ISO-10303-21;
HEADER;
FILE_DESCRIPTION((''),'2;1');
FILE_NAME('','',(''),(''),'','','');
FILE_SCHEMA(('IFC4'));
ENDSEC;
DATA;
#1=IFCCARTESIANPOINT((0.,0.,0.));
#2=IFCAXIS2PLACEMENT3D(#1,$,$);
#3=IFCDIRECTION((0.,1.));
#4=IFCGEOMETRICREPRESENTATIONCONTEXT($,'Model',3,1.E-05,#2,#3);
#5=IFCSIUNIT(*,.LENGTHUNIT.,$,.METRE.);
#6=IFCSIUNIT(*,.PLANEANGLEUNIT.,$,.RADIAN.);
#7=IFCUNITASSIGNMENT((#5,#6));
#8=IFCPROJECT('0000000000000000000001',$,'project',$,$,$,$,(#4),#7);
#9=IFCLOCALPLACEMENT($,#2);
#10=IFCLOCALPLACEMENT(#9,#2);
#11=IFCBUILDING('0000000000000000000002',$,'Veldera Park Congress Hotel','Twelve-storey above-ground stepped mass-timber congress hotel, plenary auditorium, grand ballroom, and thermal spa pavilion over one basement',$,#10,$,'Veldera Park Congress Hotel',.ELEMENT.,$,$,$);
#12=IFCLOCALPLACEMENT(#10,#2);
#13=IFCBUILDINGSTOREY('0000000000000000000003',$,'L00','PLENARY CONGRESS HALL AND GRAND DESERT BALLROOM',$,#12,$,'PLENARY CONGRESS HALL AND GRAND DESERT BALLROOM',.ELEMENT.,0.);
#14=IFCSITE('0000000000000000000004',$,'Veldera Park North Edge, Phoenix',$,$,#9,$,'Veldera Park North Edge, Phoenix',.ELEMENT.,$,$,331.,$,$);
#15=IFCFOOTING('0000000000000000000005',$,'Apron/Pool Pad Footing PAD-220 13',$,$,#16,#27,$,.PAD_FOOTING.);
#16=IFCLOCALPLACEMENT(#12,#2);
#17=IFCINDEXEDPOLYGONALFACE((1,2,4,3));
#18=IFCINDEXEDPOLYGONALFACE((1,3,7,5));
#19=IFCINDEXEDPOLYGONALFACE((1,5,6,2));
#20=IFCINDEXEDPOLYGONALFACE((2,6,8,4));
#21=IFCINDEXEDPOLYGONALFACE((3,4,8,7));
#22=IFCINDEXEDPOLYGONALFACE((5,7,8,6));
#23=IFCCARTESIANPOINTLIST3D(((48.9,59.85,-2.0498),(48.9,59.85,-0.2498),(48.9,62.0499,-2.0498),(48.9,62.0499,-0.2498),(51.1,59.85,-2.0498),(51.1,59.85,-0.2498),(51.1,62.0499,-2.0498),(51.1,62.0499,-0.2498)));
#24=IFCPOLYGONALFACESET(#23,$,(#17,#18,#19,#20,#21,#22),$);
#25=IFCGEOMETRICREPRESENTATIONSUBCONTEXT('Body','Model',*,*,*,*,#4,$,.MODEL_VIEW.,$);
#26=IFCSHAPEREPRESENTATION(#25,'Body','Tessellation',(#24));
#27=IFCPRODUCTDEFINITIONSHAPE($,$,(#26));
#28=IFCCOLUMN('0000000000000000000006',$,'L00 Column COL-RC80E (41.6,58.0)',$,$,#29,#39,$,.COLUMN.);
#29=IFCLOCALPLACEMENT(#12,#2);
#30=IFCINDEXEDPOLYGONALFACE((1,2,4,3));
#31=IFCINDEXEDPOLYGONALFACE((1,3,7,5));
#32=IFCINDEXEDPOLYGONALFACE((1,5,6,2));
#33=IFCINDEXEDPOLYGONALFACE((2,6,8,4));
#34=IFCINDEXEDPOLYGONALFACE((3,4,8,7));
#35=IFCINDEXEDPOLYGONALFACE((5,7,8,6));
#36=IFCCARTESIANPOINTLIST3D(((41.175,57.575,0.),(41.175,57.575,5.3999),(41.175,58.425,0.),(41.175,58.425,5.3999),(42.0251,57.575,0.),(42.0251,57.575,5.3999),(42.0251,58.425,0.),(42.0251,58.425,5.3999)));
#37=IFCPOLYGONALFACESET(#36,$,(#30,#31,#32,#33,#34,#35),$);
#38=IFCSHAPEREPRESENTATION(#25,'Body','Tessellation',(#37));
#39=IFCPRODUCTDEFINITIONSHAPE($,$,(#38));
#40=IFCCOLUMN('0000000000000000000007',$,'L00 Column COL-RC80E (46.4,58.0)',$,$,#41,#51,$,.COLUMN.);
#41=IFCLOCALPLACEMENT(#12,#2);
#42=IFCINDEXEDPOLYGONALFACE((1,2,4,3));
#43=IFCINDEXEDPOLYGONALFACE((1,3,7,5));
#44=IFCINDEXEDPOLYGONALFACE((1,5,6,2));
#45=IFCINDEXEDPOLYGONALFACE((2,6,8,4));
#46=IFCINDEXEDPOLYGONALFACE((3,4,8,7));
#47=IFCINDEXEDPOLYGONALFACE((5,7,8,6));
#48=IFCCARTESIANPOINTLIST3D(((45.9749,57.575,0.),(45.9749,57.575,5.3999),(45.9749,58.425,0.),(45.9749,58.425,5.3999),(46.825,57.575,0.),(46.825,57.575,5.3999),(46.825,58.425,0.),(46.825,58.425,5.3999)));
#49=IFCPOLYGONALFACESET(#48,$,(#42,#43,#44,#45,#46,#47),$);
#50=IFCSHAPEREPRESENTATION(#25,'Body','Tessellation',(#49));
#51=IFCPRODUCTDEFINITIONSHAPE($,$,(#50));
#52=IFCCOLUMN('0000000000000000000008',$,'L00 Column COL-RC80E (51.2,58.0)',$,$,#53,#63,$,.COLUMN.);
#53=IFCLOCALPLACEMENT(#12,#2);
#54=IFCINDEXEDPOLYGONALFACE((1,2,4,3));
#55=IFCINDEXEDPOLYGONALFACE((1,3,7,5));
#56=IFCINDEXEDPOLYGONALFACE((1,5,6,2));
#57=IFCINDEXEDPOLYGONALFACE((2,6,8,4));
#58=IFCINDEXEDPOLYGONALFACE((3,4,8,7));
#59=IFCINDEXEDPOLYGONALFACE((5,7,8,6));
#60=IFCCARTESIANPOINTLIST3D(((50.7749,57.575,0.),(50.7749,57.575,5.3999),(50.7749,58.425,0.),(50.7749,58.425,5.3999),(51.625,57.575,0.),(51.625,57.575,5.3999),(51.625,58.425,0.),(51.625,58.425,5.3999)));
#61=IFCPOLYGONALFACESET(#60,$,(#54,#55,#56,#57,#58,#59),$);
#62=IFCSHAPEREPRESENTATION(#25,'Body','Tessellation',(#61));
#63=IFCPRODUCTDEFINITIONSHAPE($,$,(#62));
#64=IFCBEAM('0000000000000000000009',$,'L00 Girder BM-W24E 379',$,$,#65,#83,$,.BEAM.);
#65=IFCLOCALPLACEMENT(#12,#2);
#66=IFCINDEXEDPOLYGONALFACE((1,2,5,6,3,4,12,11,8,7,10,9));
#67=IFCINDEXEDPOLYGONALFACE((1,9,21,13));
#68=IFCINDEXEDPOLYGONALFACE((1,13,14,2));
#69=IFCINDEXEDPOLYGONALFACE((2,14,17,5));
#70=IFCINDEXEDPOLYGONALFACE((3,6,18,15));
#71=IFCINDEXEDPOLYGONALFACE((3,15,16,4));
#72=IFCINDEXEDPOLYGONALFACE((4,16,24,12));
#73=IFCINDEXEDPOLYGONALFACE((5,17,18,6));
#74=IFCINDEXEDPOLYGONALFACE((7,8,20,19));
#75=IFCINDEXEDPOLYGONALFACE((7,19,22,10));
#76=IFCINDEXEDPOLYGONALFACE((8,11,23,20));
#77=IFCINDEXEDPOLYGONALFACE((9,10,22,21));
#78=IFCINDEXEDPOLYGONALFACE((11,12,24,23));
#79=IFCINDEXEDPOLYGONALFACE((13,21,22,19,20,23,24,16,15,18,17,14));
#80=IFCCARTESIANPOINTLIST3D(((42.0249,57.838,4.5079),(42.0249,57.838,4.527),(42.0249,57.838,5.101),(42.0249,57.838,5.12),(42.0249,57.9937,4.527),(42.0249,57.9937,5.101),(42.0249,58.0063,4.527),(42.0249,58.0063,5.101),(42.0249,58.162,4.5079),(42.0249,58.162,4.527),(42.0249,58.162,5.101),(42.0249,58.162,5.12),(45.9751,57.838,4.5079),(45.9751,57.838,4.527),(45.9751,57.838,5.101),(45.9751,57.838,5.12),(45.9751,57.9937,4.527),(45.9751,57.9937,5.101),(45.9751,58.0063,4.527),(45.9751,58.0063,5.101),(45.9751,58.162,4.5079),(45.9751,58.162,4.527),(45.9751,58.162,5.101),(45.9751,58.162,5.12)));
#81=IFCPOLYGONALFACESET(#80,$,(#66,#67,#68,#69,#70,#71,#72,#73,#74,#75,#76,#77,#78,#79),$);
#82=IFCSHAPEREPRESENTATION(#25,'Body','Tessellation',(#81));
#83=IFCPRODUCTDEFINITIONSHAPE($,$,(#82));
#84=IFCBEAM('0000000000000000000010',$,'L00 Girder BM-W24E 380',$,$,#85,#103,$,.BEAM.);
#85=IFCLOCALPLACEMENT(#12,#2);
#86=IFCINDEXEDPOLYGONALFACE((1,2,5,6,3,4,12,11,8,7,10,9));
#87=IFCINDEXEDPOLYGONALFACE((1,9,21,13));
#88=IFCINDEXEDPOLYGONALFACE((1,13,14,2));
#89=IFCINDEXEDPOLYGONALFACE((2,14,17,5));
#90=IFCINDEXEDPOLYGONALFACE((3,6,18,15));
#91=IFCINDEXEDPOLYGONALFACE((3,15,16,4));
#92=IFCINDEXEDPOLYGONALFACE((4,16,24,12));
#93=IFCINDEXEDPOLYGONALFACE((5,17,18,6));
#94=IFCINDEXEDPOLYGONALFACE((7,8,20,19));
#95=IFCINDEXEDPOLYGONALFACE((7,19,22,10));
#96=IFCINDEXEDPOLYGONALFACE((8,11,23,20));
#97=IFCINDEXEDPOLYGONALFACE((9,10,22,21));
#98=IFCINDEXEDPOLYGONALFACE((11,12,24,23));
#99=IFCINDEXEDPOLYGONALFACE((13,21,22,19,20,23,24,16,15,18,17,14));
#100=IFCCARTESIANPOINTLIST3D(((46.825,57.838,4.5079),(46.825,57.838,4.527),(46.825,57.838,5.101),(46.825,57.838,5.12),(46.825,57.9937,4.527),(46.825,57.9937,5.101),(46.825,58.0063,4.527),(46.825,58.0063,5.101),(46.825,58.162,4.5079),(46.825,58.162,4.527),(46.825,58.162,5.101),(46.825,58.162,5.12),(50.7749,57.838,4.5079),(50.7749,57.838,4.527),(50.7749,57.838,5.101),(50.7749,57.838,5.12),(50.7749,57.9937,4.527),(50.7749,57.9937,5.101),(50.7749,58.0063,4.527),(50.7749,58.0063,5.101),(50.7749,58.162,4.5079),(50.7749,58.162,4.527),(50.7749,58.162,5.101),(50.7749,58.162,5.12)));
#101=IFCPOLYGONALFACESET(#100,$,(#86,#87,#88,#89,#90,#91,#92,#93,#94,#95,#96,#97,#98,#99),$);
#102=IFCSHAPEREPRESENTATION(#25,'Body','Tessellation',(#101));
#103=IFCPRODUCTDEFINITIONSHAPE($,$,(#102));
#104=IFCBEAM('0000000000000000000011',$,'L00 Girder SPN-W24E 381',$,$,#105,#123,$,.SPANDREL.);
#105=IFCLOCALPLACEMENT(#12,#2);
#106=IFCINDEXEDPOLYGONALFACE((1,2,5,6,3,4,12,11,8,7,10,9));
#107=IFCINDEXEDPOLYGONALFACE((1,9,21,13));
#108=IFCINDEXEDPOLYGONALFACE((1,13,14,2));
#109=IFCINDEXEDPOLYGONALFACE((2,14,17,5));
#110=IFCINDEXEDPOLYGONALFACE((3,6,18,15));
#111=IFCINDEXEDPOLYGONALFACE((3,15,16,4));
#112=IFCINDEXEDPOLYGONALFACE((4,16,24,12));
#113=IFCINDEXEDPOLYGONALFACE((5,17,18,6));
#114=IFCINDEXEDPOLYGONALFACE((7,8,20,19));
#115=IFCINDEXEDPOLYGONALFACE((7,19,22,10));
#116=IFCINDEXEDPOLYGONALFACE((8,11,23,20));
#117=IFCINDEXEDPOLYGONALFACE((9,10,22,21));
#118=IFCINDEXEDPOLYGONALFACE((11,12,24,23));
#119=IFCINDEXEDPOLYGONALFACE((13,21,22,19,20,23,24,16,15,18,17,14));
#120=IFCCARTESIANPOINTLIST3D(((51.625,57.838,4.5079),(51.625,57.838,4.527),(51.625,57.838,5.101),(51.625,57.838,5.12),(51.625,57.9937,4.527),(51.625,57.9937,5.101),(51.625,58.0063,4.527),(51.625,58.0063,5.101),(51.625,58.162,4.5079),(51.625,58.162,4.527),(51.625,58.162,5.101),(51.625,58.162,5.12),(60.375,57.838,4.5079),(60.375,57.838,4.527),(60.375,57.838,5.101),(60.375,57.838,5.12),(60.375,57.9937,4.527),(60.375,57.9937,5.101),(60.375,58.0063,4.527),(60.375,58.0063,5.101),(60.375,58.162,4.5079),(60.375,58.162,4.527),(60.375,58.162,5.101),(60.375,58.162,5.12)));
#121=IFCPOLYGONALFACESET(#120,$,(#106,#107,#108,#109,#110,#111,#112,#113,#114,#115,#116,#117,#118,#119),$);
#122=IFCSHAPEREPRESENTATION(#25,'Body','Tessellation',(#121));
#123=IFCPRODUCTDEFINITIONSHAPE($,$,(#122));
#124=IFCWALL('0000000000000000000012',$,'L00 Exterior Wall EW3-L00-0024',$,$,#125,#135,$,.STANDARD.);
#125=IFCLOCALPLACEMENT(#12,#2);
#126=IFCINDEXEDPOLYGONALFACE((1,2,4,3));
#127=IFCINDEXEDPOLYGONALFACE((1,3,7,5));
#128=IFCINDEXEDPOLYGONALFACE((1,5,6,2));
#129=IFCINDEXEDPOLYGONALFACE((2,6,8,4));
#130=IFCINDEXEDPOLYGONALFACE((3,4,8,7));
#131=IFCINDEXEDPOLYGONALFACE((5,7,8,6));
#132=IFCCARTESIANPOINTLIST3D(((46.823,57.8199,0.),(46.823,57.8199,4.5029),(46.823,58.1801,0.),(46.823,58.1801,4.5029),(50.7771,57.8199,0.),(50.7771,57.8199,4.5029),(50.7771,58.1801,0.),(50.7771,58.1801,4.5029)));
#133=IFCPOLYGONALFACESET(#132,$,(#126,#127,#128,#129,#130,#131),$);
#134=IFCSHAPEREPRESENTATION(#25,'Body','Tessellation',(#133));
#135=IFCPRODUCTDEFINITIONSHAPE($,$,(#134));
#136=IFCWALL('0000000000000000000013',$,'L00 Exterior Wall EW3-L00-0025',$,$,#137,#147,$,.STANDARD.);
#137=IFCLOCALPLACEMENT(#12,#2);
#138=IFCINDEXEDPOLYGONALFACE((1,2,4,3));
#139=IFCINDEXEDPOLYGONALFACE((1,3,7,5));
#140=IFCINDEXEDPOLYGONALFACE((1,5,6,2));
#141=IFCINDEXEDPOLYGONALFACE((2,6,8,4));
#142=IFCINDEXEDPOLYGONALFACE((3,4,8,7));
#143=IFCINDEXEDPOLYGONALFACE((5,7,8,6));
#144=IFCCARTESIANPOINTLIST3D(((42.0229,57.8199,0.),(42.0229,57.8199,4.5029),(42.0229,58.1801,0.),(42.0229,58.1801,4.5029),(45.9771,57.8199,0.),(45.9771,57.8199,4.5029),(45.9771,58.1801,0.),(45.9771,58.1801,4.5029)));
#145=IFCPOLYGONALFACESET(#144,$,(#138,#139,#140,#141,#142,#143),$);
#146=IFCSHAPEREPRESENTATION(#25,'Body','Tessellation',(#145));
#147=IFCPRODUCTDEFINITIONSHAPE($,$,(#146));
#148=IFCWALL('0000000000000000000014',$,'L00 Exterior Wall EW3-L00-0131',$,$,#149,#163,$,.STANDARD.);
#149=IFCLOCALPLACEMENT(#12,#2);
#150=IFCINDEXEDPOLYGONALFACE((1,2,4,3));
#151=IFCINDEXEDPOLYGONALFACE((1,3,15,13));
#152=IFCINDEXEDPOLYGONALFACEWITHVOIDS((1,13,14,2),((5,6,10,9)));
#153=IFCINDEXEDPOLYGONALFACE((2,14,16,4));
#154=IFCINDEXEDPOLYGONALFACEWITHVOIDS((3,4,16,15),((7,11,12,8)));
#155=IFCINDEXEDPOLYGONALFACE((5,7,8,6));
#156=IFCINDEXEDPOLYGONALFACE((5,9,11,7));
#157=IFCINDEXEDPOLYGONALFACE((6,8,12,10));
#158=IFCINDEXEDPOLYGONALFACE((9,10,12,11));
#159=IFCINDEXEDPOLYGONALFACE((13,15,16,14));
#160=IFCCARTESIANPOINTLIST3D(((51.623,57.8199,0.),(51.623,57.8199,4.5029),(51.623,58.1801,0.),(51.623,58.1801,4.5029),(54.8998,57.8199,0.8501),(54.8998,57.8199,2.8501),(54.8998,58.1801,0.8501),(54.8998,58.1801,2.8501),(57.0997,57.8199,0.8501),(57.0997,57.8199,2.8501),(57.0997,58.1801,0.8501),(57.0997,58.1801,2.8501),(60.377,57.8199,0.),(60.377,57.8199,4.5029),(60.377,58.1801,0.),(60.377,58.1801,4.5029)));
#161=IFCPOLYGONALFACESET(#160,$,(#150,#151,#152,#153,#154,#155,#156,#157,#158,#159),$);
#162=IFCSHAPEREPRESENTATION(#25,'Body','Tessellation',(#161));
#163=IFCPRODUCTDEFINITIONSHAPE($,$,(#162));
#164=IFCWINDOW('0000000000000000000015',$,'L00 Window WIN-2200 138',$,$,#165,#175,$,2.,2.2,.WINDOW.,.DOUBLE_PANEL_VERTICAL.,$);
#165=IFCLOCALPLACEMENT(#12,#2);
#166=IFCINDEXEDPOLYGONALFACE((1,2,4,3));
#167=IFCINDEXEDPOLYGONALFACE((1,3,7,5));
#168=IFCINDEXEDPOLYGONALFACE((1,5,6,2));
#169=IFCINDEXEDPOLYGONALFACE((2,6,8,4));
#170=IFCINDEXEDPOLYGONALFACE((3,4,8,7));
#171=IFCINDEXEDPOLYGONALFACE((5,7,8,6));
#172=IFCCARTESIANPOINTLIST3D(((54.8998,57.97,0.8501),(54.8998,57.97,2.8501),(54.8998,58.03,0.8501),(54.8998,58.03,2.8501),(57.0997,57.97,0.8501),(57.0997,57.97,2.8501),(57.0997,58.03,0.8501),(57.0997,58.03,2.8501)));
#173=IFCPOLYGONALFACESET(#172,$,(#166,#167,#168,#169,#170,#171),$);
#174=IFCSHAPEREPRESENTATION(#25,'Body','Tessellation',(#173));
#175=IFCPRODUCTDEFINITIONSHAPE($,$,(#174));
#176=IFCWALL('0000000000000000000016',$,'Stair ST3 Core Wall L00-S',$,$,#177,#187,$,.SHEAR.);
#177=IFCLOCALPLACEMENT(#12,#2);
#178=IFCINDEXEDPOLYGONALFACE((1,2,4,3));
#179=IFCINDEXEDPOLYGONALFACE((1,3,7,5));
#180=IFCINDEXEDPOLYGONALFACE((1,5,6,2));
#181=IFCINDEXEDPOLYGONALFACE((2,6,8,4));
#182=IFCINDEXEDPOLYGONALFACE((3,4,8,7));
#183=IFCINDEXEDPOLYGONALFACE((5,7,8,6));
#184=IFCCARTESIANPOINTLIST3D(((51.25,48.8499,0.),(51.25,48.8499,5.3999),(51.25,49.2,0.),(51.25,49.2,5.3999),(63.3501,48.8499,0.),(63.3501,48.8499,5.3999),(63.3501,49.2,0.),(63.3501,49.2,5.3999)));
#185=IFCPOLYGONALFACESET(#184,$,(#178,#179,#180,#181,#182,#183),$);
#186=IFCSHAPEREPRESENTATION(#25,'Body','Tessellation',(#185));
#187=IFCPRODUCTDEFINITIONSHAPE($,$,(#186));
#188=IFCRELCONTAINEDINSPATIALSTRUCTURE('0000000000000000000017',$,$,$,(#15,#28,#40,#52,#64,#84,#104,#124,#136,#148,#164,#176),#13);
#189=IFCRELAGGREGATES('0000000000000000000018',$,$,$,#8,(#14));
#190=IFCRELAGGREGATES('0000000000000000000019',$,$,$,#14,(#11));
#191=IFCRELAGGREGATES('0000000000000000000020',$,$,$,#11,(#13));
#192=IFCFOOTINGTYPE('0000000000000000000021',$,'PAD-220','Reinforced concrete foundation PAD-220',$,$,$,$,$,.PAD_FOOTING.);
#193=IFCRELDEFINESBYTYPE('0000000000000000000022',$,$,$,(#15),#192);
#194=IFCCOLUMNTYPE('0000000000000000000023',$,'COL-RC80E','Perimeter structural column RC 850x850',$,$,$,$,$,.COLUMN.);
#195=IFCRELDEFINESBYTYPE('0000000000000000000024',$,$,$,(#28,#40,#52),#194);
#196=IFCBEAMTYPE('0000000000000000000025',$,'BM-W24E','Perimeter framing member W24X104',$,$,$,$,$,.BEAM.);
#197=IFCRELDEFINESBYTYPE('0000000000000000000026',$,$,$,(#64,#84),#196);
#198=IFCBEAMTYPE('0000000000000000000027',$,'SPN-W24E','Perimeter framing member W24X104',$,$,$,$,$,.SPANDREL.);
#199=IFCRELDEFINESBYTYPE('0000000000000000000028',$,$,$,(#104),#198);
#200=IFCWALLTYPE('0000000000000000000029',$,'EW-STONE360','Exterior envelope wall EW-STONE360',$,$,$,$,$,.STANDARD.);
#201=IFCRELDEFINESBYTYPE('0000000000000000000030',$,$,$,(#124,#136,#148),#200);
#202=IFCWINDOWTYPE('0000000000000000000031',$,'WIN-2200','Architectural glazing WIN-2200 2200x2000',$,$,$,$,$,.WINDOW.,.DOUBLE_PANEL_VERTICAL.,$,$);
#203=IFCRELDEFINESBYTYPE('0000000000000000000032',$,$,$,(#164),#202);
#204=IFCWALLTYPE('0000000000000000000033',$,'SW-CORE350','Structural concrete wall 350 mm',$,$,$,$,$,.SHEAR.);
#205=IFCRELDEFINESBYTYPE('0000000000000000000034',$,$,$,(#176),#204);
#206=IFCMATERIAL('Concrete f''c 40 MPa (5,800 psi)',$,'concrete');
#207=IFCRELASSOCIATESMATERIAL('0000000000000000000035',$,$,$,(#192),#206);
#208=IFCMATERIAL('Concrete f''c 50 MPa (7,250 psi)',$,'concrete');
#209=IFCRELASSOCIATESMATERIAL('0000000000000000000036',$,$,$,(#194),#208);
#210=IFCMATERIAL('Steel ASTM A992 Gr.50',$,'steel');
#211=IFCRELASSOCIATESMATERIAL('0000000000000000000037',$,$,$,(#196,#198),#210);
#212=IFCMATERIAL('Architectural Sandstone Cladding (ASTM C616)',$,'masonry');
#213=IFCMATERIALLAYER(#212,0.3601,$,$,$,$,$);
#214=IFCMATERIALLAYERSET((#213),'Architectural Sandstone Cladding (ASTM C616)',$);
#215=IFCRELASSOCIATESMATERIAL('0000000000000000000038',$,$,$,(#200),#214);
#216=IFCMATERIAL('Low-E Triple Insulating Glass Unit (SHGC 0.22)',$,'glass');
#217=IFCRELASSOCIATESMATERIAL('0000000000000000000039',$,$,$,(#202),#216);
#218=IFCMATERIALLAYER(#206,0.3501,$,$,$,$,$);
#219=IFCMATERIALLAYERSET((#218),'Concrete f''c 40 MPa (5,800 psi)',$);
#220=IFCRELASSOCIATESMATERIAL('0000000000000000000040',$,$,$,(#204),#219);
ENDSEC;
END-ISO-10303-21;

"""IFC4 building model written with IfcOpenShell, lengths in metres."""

from ifc_helpers import new_model, si_unit, direction, frame, frame_2d, origin, origin_2d, place, context, subcontext, project, spatial, rectangle, i_section, extrude, material, layer, layer_set, material_profile, profile_set, type_object, element, fill, save


model = new_model("IFC4")

# Units and contexts
model_context = context("Model", 3, precision=1e-05, world=origin(), true_north=direction((0.0, 1.0)))
body_context = subcontext(model_context, "Body", "Model", "MODEL_VIEW")
ifc_project = project(units=[si_unit("LENGTHUNIT", "METRE"), si_unit("PLANEANGLEUNIT", "RADIAN")], contexts=[model_context])

# Site, building, storey
site_placement = place(None, origin())
site = spatial("IfcSite", under=ifc_project, at=site_placement, Name="Veldera Park North Edge, Phoenix", LongName="Veldera Park North Edge, Phoenix", CompositionType="ELEMENT", RefElevation=331.0)
building_placement = place(site_placement, origin())
building = spatial("IfcBuilding", under=site, at=building_placement, Name="Veldera Park Congress Hotel", Description="Twelve-storey above-ground stepped mass-timber congress hotel, plenary auditorium, grand ballroom, and thermal spa pavilion over one basement", LongName="Veldera Park Congress Hotel", CompositionType="ELEMENT")
storey_placement = place(building_placement, origin())
storey = spatial("IfcBuildingStorey", under=building, at=storey_placement, Name="L00", Description="PLENARY CONGRESS HALL AND GRAND DESERT BALLROOM", LongName="PLENARY CONGRESS HALL AND GRAND DESERT BALLROOM", CompositionType="ELEMENT", Elevation=0.0)

# Footing
ifc_material_1 = material(Name="Concrete f'c 40 MPa (5,800 psi)", Category="concrete")
footing_type = type_object("IfcFootingType", Name="PAD-220", Description="Reinforced concrete foundation PAD-220", PredefinedType="PAD_FOOTING", material=ifc_material_1)
footing_placement = place(storey_placement, frame((50.0, 60.95, -2.0498), z_axis=(0.0, 0.0, 1.0), x_axis=(1.0, 0.0, 0.0)))
element("IfcFooting", 1, at=footing_placement, inside=storey, type_object=footing_type, Name="Apron/Pool Pad Footing PAD-220 13", PredefinedType="PAD_FOOTING", context=body_context, shape_type="SweptSolid", body=[
    extrude(rectangle(XDim=2.2, YDim=2.2, at=origin_2d()), origin(), (0.0, 0.0, 1.0), 1.8),
])

# Columns
ifc_material_2 = material(Name="Concrete f'c 50 MPa (7,250 psi)", Category="concrete")
ifc_material_profile_1 = material_profile(ifc_material_2, rectangle(XDim=0.8501, YDim=0.8501, at=origin_2d()), Name="RC 850x850")
ifc_profile_set_1 = profile_set([ifc_material_profile_1], Name="Concrete f'c 50 MPa (7,250 psi)")
column_type = type_object("IfcColumnType", Name="COL-RC80E", Description="Perimeter structural column RC 850x850", PredefinedType="COLUMN", material=ifc_profile_set_1)
for number, where, z_axis, x_axis, name in (
    (2, (41.6001, 58.0, 0.0), (0.0, 0.0, 1.0), (1.0, 0.0, 0.0), "L00 Column COL-RC80E (41.6,58.0)"),
    (3, (46.3999, 58.0, 0.0), (0.0, 0.0, 1.0), (1.0, 0.0, 0.0), "L00 Column COL-RC80E (46.4,58.0)"),
    (4, (51.2, 58.0, 0.0), (0.0, 0.0, 1.0), (1.0, 0.0, 0.0), "L00 Column COL-RC80E (51.2,58.0)"),
):
    element("IfcColumn", number, at=place(storey_placement, frame(where, z_axis=z_axis, x_axis=x_axis)), inside=storey, type_object=column_type, Name=name, PredefinedType="COLUMN", context=body_context, shape_type="SweptSolid", body=[
        extrude(rectangle(XDim=0.8501, YDim=0.8501, at=origin_2d()), origin(), (0.0, 0.0, 1.0), 5.3999),
    ])

# Beams
ifc_material_3 = material(Name="Steel ASTM A992 Gr.50", Category="steel")
ifc_material_profile_2 = material_profile(ifc_material_3, i_section(OverallWidth=0.324, OverallDepth=0.6121, WebThickness=0.0127, FlangeThickness=0.019, at=origin_2d()), Name="W24X104")
ifc_profile_set_2 = profile_set([ifc_material_profile_2], Name="Steel ASTM A992 Gr.50")
beam_type_1 = type_object("IfcBeamType", Name="BM-W24E", Description="Perimeter framing member W24X104", PredefinedType="BEAM", material=ifc_profile_set_2)
beam_1_placement = place(storey_placement, frame((42.0249, 58.0, 4.814), z_axis=(1.0, 0.0, 0.0), x_axis=(0.0, 1.0, 0.0)))
element("IfcBeam", 5, at=beam_1_placement, inside=storey, type_object=beam_type_1, Name="L00 Girder BM-W24E 379", PredefinedType="BEAM", context=body_context, shape_type="SweptSolid", body=[
    extrude(i_section(OverallWidth=0.324, OverallDepth=0.6121, WebThickness=0.0127, FlangeThickness=0.019, at=origin_2d()), origin(), (0.0, 0.0, 1.0), 3.9502),
])
beam_2_placement = place(storey_placement, frame((46.825, 58.0, 4.814), z_axis=(1.0, 0.0, 0.0), x_axis=(0.0, 1.0, 0.0)))
element("IfcBeam", 6, at=beam_2_placement, inside=storey, type_object=beam_type_1, Name="L00 Girder BM-W24E 380", PredefinedType="BEAM", context=body_context, shape_type="SweptSolid", body=[
    extrude(i_section(OverallWidth=0.324, OverallDepth=0.6121, WebThickness=0.0127, FlangeThickness=0.019, at=origin_2d()), origin(), (0.0, 0.0, 1.0), 3.95),
])
ifc_material_profile_3 = material_profile(ifc_material_3, i_section(OverallWidth=0.324, OverallDepth=0.6121, WebThickness=0.0127, FlangeThickness=0.019, at=origin_2d()), Name="W24X104")
ifc_profile_set_3 = profile_set([ifc_material_profile_3], Name="Steel ASTM A992 Gr.50")
beam_type_2 = type_object("IfcBeamType", Name="SPN-W24E", Description="Perimeter framing member W24X104", PredefinedType="SPANDREL", material=ifc_profile_set_3)
beam_3_placement = place(storey_placement, frame((51.625, 58.0, 4.814), z_axis=(1.0, 0.0, 0.0), x_axis=(0.0, 1.0, 0.0)))
element("IfcBeam", 7, at=beam_3_placement, inside=storey, type_object=beam_type_2, Name="L00 Girder SPN-W24E 381", PredefinedType="SPANDREL", context=body_context, shape_type="SweptSolid", body=[
    extrude(i_section(OverallWidth=0.324, OverallDepth=0.6121, WebThickness=0.0127, FlangeThickness=0.019, at=origin_2d()), origin(), (0.0, 0.0, 1.0), 8.75),
])

# Walls
ifc_material_4 = material(Name="Architectural Sandstone Cladding (ASTM C616)", Category="masonry")
ifc_layer_1 = layer(ifc_material_4, 0.3601)
ifc_layer_set_1 = layer_set([ifc_layer_1], Name="Architectural Sandstone Cladding (ASTM C616)")
wall_type_1 = type_object("IfcWallType", Name="EW-STONE360", Description="Exterior envelope wall EW-STONE360", PredefinedType="STANDARD", material=ifc_layer_set_1)
for number, where, z_axis, x_axis, name in (
    (8, (50.7771, 58.0, 0.0), (0.0, 0.0, 1.0), (-1.0, 0.0, 0.0), "L00 Exterior Wall EW3-L00-0024"),
    (9, (45.9771, 58.0, 0.0), (0.0, 0.0, 1.0), (-1.0, 0.0, 0.0), "L00 Exterior Wall EW3-L00-0025"),
):
    element("IfcWall", number, at=place(storey_placement, frame(where, z_axis=z_axis, x_axis=x_axis)), inside=storey, type_object=wall_type_1, Name=name, PredefinedType="STANDARD", context=body_context, shape_type="SweptSolid", body=[
        extrude(rectangle(XDim=3.9541, YDim=0.3601, at=frame_2d((1.9771, 0.0))), origin(), (0.0, 0.0, 1.0), 4.5029),
    ])

# Wall, opening, window
wall_1_placement = place(storey_placement, frame((60.377, 58.0, 0.0), z_axis=(0.0, 0.0, 1.0), x_axis=(-1.0, 0.0, 0.0)))
wall_1 = element("IfcWall", 10, at=wall_1_placement, inside=storey, type_object=wall_type_1, Name="L00 Exterior Wall EW3-L00-0131", PredefinedType="STANDARD", context=body_context, shape_type="SweptSolid", body=[
    extrude(rectangle(XDim=8.7539, YDim=0.3601, at=frame_2d((4.377, 0.0))), origin(), (0.0, 0.0, 1.0), 4.5029),
])
opening_1_placement = place(wall_1_placement, frame((3.2771, 0.0, 0.8501)))
opening_1 = element("IfcOpeningElement", 11, at=opening_1_placement, cuts=wall_1, PredefinedType="OPENING", context=body_context, shape_type="SweptSolid", body=[
    extrude(rectangle(XDim=2.2, YDim=2.0, at=frame_2d((1.1001, 1.0))), frame((0.0, 0.1921, 0.0), z_axis=(0.0, -1.0, 0.0), x_axis=(1.0, 0.0, 0.0)), (0.0, 0.0, 1.0), 0.384),
])
ifc_material_5 = material(Name="Low-E Triple Insulating Glass Unit (SHGC 0.22)", Category="glass")
window_type = type_object("IfcWindowType", Name="WIN-2200", Description="Architectural glazing WIN-2200 2200x2000", PartitioningType="DOUBLE_PANEL_VERTICAL", PredefinedType="WINDOW", material=ifc_material_5)
window_placement = place(opening_1_placement, origin())
window = element("IfcWindow", 12, at=window_placement, inside=storey, type_object=window_type, Name="L00 Window WIN-2200 138", OverallHeight=2.0, OverallWidth=2.2, PartitioningType="DOUBLE_PANEL_VERTICAL", PredefinedType="WINDOW", context=body_context, shape_type="SweptSolid", body=[
    extrude(rectangle(XDim=2.2, YDim=2.0, at=frame_2d((1.1001, 1.0))), frame((0.0, 0.03, 0.0), z_axis=(0.0, -1.0, 0.0), x_axis=(1.0, 0.0, 0.0)), (0.0, 0.0, 1.0), 0.0601),
])
fill(opening_1, window)

# Wall
ifc_layer_2 = layer(ifc_material_1, 0.3501)
ifc_layer_set_2 = layer_set([ifc_layer_2], Name="Concrete f'c 40 MPa (5,800 psi)")
wall_type_2 = type_object("IfcWallType", Name="SW-CORE350", Description="Structural concrete wall 350 mm", PredefinedType="SHEAR", material=ifc_layer_set_2)
wall_2_placement = place(storey_placement, frame((51.25, 49.0249, 0.0), z_axis=(0.0, 0.0, 1.0), x_axis=(1.0, 0.0, 0.0)))
element("IfcWall", 13, at=wall_2_placement, inside=storey, type_object=wall_type_2, Name="Stair ST3 Core Wall L00-S", PredefinedType="SHEAR", context=body_context, shape_type="SweptSolid", body=[
    extrude(rectangle(XDim=12.1001, YDim=0.3501, at=frame_2d((6.05, 0.0))), origin(), (0.0, 0.0, 1.0), 5.3999),
])

save(model, "model.ifc")
